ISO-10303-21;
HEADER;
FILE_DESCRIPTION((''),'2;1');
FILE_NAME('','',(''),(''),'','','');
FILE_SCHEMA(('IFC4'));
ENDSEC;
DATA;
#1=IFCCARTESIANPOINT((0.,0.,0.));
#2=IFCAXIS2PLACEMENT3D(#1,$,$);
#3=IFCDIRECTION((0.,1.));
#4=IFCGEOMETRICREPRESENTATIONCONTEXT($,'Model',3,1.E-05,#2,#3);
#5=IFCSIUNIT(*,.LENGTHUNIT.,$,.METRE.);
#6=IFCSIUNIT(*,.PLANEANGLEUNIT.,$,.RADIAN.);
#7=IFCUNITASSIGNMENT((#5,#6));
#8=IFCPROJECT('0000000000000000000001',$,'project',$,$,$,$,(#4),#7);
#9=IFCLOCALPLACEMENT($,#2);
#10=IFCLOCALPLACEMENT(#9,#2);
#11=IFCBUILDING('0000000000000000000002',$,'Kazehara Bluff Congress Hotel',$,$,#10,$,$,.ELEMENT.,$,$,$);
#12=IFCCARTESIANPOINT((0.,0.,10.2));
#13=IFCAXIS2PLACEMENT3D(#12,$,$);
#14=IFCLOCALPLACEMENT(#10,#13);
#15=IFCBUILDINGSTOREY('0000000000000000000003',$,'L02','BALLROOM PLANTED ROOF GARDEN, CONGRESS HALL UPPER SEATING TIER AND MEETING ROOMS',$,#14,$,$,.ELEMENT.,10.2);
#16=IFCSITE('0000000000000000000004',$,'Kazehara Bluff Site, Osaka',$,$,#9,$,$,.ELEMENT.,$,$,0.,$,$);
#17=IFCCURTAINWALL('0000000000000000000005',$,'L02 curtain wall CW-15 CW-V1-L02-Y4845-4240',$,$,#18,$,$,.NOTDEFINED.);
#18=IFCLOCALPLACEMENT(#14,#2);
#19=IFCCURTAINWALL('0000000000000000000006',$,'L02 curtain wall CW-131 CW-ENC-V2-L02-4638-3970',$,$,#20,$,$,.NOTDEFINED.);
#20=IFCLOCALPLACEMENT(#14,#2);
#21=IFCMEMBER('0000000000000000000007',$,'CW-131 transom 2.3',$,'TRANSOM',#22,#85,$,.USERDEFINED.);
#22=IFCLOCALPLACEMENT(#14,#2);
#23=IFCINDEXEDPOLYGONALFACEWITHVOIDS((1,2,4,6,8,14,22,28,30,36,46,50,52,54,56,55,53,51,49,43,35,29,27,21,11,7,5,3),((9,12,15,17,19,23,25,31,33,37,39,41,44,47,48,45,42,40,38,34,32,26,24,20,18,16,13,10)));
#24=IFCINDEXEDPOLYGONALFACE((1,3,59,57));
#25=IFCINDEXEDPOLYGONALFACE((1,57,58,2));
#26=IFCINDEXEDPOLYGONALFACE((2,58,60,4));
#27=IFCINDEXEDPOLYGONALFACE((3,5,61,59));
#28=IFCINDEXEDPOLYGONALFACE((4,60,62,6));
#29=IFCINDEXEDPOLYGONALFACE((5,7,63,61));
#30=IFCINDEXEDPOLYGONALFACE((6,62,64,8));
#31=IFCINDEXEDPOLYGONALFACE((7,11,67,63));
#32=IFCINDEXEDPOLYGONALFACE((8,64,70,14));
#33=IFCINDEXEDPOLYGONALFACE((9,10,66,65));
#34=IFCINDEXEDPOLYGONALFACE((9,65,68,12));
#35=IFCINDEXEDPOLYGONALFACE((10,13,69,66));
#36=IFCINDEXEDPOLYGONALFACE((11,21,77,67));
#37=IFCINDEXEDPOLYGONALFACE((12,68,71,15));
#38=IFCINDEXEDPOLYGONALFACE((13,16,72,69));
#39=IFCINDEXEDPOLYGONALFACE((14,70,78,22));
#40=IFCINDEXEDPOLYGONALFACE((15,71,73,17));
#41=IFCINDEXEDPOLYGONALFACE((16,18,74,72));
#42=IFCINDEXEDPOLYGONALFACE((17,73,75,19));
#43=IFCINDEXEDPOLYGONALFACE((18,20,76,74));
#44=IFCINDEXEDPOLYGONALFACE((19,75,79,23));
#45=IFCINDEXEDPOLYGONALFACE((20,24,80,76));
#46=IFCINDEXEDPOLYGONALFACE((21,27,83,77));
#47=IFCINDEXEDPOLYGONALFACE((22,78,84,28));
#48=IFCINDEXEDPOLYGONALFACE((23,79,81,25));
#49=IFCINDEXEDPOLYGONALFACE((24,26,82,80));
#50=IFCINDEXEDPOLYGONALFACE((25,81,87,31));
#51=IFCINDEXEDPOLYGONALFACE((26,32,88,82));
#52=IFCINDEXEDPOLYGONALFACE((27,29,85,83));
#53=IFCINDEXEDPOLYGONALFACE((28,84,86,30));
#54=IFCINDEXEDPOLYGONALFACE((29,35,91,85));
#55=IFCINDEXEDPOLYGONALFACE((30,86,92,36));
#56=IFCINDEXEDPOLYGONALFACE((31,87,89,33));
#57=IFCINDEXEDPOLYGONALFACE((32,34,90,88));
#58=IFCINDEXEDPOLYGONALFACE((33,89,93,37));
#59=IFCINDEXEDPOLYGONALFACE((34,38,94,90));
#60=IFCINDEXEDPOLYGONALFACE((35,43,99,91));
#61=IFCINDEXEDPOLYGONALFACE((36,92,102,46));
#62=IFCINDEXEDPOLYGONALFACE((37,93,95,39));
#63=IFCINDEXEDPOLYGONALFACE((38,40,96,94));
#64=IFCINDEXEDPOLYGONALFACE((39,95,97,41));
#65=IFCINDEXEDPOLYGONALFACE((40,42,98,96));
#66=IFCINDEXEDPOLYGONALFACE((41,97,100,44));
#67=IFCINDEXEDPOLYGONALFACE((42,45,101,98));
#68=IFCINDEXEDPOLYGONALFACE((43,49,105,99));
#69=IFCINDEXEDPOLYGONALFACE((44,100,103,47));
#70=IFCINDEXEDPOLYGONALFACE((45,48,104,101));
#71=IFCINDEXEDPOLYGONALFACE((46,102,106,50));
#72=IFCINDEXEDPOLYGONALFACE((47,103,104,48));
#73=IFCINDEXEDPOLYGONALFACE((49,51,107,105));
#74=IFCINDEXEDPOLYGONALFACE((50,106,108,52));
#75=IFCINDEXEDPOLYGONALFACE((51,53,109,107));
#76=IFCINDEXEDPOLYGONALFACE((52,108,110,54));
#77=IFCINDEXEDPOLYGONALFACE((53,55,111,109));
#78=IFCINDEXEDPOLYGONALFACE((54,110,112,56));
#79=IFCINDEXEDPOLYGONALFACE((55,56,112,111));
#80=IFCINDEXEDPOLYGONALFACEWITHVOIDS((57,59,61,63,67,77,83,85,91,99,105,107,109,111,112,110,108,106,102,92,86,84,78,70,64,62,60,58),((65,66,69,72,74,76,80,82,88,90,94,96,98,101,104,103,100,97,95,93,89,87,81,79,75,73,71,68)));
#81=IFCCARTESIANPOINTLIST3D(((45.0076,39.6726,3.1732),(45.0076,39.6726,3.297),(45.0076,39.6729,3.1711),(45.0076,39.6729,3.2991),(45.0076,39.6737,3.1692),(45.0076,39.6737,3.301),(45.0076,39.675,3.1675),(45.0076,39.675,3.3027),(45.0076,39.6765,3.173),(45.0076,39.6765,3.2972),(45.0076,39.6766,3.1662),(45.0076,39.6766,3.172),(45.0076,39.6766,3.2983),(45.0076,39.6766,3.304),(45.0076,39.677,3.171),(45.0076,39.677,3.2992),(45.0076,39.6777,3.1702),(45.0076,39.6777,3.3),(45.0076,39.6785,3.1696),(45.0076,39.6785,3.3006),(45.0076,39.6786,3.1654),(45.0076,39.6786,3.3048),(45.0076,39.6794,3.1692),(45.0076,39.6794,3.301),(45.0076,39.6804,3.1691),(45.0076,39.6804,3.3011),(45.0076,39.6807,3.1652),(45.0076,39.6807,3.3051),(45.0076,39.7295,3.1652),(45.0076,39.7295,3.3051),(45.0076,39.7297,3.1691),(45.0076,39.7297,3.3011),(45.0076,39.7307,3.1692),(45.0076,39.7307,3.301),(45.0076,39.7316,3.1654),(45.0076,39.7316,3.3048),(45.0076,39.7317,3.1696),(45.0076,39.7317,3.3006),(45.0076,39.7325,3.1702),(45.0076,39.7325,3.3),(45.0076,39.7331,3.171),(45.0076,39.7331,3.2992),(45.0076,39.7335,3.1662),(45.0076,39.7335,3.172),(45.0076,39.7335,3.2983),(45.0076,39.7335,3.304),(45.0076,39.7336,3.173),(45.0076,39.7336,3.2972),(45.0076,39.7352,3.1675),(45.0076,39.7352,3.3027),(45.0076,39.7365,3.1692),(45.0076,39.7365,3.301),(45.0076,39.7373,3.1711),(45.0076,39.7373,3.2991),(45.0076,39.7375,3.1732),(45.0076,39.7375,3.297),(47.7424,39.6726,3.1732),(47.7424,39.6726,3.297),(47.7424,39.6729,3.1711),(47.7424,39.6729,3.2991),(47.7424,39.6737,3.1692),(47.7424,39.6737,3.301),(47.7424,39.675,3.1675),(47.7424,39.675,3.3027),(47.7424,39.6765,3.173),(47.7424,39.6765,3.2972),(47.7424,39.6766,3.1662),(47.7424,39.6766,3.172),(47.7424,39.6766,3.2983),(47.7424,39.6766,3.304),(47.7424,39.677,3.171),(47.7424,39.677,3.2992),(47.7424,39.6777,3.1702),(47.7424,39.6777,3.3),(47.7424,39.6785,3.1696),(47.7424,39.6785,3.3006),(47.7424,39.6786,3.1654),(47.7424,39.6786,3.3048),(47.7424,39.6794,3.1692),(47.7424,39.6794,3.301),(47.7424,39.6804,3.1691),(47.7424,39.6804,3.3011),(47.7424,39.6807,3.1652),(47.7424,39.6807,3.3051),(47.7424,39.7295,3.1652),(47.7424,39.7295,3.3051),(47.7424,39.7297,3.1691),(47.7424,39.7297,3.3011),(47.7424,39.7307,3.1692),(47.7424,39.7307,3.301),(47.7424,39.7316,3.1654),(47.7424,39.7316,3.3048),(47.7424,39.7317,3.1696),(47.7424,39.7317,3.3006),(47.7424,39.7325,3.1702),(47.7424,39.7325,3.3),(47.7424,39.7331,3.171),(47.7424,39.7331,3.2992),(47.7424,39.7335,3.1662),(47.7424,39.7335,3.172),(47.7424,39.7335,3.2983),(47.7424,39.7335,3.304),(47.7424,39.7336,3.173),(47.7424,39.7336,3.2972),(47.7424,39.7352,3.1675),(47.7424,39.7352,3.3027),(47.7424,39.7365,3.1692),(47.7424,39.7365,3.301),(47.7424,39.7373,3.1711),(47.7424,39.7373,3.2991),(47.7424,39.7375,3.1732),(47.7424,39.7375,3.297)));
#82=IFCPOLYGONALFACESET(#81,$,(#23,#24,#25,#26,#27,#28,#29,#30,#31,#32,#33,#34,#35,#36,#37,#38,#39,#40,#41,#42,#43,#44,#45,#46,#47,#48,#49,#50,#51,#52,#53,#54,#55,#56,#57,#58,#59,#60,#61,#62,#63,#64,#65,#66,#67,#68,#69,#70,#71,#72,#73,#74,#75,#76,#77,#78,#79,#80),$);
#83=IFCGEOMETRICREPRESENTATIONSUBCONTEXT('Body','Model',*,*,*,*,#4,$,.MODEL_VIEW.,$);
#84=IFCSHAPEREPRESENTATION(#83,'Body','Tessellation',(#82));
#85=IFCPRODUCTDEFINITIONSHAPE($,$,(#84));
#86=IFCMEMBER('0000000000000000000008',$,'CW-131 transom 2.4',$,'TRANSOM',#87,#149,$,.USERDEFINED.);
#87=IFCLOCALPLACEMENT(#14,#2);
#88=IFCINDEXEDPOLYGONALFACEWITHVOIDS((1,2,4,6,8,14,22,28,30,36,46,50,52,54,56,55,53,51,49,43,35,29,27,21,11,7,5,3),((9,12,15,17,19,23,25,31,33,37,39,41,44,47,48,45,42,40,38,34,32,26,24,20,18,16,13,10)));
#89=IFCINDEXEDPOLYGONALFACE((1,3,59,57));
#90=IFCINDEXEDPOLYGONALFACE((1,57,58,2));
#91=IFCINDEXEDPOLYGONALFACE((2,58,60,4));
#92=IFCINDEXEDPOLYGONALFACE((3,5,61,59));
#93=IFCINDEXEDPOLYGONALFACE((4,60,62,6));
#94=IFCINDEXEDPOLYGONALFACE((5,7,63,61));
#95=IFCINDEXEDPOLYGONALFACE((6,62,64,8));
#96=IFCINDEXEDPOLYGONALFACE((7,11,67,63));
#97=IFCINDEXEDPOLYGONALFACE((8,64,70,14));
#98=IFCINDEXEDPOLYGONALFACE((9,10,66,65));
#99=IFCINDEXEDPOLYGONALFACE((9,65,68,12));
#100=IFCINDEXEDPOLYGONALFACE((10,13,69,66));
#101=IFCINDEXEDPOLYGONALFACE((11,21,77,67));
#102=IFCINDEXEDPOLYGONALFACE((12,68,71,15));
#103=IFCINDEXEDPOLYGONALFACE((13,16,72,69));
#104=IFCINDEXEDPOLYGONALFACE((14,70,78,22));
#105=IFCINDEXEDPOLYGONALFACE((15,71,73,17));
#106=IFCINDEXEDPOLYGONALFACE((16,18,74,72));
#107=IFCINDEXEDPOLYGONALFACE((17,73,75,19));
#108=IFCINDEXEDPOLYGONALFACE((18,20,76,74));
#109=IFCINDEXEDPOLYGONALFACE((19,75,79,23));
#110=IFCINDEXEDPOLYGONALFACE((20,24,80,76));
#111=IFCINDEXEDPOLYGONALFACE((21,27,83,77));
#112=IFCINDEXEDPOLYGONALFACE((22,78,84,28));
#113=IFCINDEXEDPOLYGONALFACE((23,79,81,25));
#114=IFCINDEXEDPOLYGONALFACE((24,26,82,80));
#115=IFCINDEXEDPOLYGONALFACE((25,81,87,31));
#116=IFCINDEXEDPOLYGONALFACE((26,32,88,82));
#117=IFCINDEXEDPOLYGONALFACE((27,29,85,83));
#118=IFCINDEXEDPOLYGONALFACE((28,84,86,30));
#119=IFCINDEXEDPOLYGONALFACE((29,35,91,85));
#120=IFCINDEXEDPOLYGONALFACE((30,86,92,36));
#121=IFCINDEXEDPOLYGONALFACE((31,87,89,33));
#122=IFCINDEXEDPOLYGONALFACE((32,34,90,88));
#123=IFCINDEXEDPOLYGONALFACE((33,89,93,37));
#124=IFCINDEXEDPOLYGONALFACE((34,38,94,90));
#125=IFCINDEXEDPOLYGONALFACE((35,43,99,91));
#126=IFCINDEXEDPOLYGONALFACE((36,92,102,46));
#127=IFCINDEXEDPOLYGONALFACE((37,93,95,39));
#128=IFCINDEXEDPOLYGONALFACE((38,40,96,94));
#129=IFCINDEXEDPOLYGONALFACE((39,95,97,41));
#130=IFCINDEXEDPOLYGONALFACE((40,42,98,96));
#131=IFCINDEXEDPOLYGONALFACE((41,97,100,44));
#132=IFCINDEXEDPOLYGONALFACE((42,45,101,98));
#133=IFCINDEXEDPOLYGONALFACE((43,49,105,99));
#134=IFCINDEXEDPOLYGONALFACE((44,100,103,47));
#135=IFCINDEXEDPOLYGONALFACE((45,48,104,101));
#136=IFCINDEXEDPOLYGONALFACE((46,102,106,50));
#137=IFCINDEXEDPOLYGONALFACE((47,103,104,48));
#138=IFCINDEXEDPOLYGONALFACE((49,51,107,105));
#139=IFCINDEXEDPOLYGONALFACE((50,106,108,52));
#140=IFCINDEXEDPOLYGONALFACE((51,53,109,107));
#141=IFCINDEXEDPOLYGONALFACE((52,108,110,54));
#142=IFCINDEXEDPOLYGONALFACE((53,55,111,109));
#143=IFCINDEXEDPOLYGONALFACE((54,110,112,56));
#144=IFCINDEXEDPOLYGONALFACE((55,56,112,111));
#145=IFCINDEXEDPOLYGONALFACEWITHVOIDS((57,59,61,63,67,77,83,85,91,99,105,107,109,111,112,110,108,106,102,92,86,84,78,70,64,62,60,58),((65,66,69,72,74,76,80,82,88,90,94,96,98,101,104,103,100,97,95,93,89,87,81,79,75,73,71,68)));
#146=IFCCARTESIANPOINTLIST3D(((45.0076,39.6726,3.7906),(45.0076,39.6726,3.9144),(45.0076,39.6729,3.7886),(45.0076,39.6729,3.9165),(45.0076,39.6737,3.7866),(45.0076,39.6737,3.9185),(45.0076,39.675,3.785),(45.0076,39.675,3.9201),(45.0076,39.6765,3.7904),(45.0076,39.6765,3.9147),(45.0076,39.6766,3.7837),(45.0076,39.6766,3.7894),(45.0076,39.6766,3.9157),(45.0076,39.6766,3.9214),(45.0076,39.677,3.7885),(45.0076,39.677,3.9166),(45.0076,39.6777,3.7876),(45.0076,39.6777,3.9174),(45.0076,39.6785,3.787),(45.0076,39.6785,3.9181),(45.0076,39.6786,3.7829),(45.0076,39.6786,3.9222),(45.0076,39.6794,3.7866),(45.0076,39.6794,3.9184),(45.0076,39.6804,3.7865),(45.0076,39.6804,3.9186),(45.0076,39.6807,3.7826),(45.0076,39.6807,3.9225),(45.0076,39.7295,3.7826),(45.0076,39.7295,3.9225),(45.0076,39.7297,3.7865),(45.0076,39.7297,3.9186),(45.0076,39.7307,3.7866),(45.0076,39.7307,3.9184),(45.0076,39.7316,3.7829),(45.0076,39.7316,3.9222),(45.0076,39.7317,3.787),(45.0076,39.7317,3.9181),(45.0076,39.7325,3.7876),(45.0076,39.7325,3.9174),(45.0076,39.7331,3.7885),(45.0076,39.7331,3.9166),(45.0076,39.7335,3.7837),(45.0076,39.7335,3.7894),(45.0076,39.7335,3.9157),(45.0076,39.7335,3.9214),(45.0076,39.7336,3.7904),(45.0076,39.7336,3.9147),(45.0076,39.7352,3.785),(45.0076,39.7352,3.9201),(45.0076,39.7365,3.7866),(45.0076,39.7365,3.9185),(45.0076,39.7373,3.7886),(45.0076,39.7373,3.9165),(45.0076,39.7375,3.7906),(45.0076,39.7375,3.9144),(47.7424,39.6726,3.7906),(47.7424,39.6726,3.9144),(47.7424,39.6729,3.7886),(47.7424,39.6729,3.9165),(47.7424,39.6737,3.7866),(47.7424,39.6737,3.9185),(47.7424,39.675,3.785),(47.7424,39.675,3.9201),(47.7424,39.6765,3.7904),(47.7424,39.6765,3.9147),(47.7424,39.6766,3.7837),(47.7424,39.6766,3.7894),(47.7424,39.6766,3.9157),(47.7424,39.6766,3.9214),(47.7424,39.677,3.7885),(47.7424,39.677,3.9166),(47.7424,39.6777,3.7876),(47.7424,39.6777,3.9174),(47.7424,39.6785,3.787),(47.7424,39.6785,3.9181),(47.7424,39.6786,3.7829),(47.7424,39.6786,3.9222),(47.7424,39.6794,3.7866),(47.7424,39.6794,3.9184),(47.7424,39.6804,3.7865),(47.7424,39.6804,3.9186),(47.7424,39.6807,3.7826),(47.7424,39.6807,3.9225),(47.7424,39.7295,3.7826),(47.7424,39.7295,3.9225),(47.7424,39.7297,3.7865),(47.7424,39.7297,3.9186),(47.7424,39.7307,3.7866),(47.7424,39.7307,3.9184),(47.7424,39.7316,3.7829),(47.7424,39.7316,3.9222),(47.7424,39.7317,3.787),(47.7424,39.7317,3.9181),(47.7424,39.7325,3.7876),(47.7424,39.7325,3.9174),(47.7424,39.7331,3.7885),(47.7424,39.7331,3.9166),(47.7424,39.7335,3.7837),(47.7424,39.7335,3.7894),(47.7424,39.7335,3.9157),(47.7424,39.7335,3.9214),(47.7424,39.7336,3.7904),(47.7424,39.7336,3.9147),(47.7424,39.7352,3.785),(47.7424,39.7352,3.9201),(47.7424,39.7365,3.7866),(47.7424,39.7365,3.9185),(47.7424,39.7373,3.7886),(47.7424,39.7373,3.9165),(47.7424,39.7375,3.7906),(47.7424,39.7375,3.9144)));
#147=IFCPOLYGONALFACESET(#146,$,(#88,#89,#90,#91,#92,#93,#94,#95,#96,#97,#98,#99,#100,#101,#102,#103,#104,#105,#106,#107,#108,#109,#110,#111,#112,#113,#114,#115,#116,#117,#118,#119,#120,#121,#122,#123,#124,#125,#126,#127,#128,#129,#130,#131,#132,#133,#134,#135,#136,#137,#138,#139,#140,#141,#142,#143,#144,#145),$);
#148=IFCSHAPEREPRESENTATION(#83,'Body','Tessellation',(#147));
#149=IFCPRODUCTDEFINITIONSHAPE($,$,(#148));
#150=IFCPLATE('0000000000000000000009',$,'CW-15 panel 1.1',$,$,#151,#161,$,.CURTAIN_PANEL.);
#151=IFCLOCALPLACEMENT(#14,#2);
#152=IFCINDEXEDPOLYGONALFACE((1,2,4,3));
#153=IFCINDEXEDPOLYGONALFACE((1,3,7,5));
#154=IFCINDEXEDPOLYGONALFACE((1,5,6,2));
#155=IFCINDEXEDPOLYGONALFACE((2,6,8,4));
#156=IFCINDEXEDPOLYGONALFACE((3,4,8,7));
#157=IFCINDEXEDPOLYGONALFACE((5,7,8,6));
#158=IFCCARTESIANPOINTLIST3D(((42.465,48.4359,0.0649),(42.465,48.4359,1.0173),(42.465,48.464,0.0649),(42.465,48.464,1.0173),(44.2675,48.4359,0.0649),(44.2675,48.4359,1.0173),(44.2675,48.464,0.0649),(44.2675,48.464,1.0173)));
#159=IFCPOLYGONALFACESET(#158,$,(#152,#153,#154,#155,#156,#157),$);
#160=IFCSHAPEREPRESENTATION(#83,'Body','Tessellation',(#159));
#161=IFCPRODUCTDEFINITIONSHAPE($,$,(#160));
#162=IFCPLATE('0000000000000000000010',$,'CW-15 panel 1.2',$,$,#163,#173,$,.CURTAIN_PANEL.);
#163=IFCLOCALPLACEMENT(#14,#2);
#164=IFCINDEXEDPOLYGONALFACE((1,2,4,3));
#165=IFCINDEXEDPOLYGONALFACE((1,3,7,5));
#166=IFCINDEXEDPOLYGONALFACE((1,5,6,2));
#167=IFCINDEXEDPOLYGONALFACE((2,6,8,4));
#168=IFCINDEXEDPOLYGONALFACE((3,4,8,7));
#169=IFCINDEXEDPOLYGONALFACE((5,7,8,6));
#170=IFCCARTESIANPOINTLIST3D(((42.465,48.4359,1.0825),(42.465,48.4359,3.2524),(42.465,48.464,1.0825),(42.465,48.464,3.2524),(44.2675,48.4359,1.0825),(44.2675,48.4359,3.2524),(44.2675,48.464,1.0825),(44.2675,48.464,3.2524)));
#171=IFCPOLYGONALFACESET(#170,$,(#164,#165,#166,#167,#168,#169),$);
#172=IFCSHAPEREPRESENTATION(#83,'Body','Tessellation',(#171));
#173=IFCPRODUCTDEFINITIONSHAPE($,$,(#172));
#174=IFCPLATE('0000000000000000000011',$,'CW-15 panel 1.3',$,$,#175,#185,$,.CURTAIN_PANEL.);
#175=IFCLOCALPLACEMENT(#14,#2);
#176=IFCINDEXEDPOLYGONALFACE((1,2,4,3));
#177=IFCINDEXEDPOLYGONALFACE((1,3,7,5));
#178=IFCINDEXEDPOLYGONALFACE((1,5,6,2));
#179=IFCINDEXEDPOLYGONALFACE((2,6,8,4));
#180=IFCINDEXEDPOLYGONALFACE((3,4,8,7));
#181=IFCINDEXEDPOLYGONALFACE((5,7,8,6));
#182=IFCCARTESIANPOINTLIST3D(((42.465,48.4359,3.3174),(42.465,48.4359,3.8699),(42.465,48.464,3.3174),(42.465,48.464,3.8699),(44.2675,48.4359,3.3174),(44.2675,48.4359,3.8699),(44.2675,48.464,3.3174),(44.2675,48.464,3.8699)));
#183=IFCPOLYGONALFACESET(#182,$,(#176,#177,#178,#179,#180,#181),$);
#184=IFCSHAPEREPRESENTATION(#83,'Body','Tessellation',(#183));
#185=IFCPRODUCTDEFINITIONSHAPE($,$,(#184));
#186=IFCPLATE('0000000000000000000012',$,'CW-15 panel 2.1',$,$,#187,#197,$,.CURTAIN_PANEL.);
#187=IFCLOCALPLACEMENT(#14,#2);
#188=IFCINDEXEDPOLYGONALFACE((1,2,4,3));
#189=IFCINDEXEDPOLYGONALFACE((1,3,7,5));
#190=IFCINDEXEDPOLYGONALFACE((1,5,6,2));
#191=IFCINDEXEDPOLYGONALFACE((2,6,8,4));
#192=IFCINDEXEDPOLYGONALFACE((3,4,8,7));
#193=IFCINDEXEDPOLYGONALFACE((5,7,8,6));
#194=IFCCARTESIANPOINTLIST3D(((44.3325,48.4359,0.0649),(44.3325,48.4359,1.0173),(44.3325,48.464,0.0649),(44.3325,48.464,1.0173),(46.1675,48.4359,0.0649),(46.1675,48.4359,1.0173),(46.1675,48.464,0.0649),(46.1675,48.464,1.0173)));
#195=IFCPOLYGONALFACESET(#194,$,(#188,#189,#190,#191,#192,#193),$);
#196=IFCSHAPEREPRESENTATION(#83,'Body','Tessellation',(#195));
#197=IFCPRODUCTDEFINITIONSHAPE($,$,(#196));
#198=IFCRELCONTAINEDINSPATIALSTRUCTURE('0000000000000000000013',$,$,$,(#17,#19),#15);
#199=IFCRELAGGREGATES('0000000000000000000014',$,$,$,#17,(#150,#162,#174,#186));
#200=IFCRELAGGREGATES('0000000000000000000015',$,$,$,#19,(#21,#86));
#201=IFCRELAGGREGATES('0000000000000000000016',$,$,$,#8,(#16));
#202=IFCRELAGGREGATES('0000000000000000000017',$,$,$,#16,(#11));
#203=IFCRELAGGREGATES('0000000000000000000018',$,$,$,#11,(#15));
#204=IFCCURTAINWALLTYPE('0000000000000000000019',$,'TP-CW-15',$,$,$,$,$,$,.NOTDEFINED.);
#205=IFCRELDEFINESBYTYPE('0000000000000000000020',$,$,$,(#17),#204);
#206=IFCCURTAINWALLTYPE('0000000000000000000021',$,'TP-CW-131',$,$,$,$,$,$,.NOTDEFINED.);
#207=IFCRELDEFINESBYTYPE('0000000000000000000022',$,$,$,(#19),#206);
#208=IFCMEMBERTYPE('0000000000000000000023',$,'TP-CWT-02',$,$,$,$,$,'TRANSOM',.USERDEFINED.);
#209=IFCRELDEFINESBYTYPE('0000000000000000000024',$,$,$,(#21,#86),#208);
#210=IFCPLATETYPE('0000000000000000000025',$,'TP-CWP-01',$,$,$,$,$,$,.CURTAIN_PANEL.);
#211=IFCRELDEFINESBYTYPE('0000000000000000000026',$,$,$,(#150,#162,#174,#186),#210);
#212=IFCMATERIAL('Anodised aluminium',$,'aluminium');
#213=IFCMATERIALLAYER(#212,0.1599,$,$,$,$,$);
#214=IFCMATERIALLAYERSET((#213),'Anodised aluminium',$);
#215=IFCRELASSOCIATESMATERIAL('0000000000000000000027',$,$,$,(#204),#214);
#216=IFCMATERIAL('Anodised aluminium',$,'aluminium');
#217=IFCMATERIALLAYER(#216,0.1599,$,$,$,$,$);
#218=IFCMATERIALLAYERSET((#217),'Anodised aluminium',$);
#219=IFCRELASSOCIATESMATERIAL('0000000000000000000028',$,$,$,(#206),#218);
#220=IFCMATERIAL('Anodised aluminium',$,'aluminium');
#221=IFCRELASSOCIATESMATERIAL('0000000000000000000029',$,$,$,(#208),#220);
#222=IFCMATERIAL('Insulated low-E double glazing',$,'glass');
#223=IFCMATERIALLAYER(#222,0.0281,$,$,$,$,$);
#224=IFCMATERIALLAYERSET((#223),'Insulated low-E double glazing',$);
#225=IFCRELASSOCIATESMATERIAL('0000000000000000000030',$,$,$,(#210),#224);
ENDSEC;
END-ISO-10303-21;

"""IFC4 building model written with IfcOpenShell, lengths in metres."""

from ifc_helpers import new_model, si_unit, direction, frame, origin, origin_2d, place, context, subcontext, project, spatial, rectangle, hollow_rectangle, extrude, material, layer, layer_set, material_profile, profile_set, type_object, element, aggregate, save


model = new_model("IFC4")

# Units and contexts
model_context = context("Model", 3, precision=1e-05, world=origin(), true_north=direction((0.0, 1.0)))
body_context = subcontext(model_context, "Body", "Model", "MODEL_VIEW")
ifc_project = project(units=[si_unit("LENGTHUNIT", "METRE"), si_unit("PLANEANGLEUNIT", "RADIAN")], contexts=[model_context])

# Site, building, storey
site_placement = place(None, origin())
site = spatial("IfcSite", under=ifc_project, at=site_placement, Name="Kazehara Bluff Site, Osaka", CompositionType="ELEMENT", RefElevation=0.0)
building_placement = place(site_placement, origin())
building = spatial("IfcBuilding", under=site, at=building_placement, Name="Kazehara Bluff Congress Hotel", CompositionType="ELEMENT")
storey_placement = place(building_placement, frame((0.0, 0.0, 10.2)))
storey = spatial("IfcBuildingStorey", under=building, at=storey_placement, Name="L02", Description="BALLROOM PLANTED ROOF GARDEN, CONGRESS HALL UPPER SEATING TIER AND MEETING ROOMS", CompositionType="ELEMENT", Elevation=10.2)

# Curtain wall
ifc_material_1 = material(Name="Anodised aluminium", Category="aluminium")
ifc_layer_1 = layer(ifc_material_1, 0.1599)
ifc_layer_set_1 = layer_set([ifc_layer_1], Name="Anodised aluminium")
curtain_wall_type_1 = type_object("IfcCurtainWallType", Name="TP-CW-15", PredefinedType="NOTDEFINED", material=ifc_layer_set_1)
curtain_wall_1_placement = place(storey_placement, origin())
curtain_wall_1 = element("IfcCurtainWall", 1, at=curtain_wall_1_placement, inside=storey, type_object=curtain_wall_type_1, Name="L02 curtain wall CW-15 CW-V1-L02-Y4845-4240", PredefinedType="NOTDEFINED")

# Curtain wall
ifc_material_2 = material(Name="Anodised aluminium", Category="aluminium")
ifc_layer_2 = layer(ifc_material_2, 0.1599)
ifc_layer_set_2 = layer_set([ifc_layer_2], Name="Anodised aluminium")
curtain_wall_type_2 = type_object("IfcCurtainWallType", Name="TP-CW-131", PredefinedType="NOTDEFINED", material=ifc_layer_set_2)
curtain_wall_2_placement = place(storey_placement, origin())
curtain_wall_2 = element("IfcCurtainWall", 2, at=curtain_wall_2_placement, inside=storey, type_object=curtain_wall_type_2, Name="L02 curtain wall CW-131 CW-ENC-V2-L02-4638-3970", PredefinedType="NOTDEFINED")

# Members
ifc_material_3 = material(Name="Anodised aluminium", Category="aluminium")
ifc_material_profile_1 = material_profile(ifc_material_3, hollow_rectangle(XDim=0.0649, YDim=0.1399, WallThickness=0.0039, InnerFilletRadius=0.0039, OuterFilletRadius=0.0081, at=origin_2d()))
ifc_profile_set_1 = profile_set([ifc_material_profile_1], Name="Anodised aluminium")
member_type_1 = type_object("IfcMemberType", Name="TP-CWT-02", ElementType="TRANSOM", PredefinedType="USERDEFINED", material=ifc_profile_set_1)
member_1_placement = place(storey_placement, frame((45.0076, 39.7051, 3.2351), z_axis=(1.0, 0.0, 0.0), x_axis=(0.0, 1.0, 0.0)))
member_1 = element("IfcMember", 3, at=member_1_placement, type_object=member_type_1, Name="CW-131 transom 2.3", ObjectType="TRANSOM", PredefinedType="USERDEFINED", context=body_context, shape_type="SweptSolid", body=[
    extrude(hollow_rectangle(XDim=0.0649, YDim=0.1399, WallThickness=0.0039, InnerFilletRadius=0.0039, OuterFilletRadius=0.0081, at=origin_2d()), origin(), (0.0, 0.0, 1.0), 2.7349),
])
member_2_placement = place(storey_placement, frame((45.0076, 39.7051, 3.8525), z_axis=(1.0, 0.0, 0.0), x_axis=(0.0, 1.0, 0.0)))
member_2 = element("IfcMember", 4, at=member_2_placement, type_object=member_type_1, Name="CW-131 transom 2.4", ObjectType="TRANSOM", PredefinedType="USERDEFINED", context=body_context, shape_type="SweptSolid", body=[
    extrude(hollow_rectangle(XDim=0.0649, YDim=0.1399, WallThickness=0.0039, InnerFilletRadius=0.0039, OuterFilletRadius=0.0081, at=origin_2d()), origin(), (0.0, 0.0, 1.0), 2.7349),
])

# Plates
ifc_material_4 = material(Name="Insulated low-E double glazing", Category="glass")
ifc_layer_3 = layer(ifc_material_4, 0.0281)
ifc_layer_set_3 = layer_set([ifc_layer_3], Name="Insulated low-E double glazing")
plate_type = type_object("IfcPlateType", Name="TP-CWP-01", PredefinedType="CURTAIN_PANEL", material=ifc_layer_set_3)
plate_1_placement = place(storey_placement, frame((43.3662, 48.45, 0.0649), z_axis=(0.0, 0.0, 1.0), x_axis=(1.0, 0.0, 0.0)))
plate_1 = element("IfcPlate", 5, at=plate_1_placement, type_object=plate_type, Name="CW-15 panel 1.1", PredefinedType="CURTAIN_PANEL", context=body_context, shape_type="SweptSolid", body=[
    extrude(rectangle(XDim=1.8025, YDim=0.0281, at=origin_2d()), origin(), (0.0, 0.0, 1.0), 0.9524),
])
plate_2_placement = place(storey_placement, frame((43.3662, 48.45, 1.0825), z_axis=(0.0, 0.0, 1.0), x_axis=(1.0, 0.0, 0.0)))
plate_2 = element("IfcPlate", 6, at=plate_2_placement, type_object=plate_type, Name="CW-15 panel 1.2", PredefinedType="CURTAIN_PANEL", context=body_context, shape_type="SweptSolid", body=[
    extrude(rectangle(XDim=1.8025, YDim=0.0281, at=origin_2d()), origin(), (0.0, 0.0, 1.0), 2.1699),
])
plate_3_placement = place(storey_placement, frame((43.3662, 48.45, 3.3174), z_axis=(0.0, 0.0, 1.0), x_axis=(1.0, 0.0, 0.0)))
plate_3 = element("IfcPlate", 7, at=plate_3_placement, type_object=plate_type, Name="CW-15 panel 1.3", PredefinedType="CURTAIN_PANEL", context=body_context, shape_type="SweptSolid", body=[
    extrude(rectangle(XDim=1.8025, YDim=0.0281, at=origin_2d()), origin(), (0.0, 0.0, 1.0), 0.5525),
])
plate_4_placement = place(storey_placement, frame((45.25, 48.45, 0.0649), z_axis=(0.0, 0.0, 1.0), x_axis=(1.0, 0.0, 0.0)))
plate_4 = element("IfcPlate", 8, at=plate_4_placement, type_object=plate_type, Name="CW-15 panel 2.1", PredefinedType="CURTAIN_PANEL", context=body_context, shape_type="SweptSolid", body=[
    extrude(rectangle(XDim=1.835, YDim=0.0281, at=origin_2d()), origin(), (0.0, 0.0, 1.0), 0.9524),
])
aggregate(curtain_wall_1, [plate_1, plate_2, plate_3, plate_4])
aggregate(curtain_wall_2, [member_1, member_2])

save(model, "model.ifc")
